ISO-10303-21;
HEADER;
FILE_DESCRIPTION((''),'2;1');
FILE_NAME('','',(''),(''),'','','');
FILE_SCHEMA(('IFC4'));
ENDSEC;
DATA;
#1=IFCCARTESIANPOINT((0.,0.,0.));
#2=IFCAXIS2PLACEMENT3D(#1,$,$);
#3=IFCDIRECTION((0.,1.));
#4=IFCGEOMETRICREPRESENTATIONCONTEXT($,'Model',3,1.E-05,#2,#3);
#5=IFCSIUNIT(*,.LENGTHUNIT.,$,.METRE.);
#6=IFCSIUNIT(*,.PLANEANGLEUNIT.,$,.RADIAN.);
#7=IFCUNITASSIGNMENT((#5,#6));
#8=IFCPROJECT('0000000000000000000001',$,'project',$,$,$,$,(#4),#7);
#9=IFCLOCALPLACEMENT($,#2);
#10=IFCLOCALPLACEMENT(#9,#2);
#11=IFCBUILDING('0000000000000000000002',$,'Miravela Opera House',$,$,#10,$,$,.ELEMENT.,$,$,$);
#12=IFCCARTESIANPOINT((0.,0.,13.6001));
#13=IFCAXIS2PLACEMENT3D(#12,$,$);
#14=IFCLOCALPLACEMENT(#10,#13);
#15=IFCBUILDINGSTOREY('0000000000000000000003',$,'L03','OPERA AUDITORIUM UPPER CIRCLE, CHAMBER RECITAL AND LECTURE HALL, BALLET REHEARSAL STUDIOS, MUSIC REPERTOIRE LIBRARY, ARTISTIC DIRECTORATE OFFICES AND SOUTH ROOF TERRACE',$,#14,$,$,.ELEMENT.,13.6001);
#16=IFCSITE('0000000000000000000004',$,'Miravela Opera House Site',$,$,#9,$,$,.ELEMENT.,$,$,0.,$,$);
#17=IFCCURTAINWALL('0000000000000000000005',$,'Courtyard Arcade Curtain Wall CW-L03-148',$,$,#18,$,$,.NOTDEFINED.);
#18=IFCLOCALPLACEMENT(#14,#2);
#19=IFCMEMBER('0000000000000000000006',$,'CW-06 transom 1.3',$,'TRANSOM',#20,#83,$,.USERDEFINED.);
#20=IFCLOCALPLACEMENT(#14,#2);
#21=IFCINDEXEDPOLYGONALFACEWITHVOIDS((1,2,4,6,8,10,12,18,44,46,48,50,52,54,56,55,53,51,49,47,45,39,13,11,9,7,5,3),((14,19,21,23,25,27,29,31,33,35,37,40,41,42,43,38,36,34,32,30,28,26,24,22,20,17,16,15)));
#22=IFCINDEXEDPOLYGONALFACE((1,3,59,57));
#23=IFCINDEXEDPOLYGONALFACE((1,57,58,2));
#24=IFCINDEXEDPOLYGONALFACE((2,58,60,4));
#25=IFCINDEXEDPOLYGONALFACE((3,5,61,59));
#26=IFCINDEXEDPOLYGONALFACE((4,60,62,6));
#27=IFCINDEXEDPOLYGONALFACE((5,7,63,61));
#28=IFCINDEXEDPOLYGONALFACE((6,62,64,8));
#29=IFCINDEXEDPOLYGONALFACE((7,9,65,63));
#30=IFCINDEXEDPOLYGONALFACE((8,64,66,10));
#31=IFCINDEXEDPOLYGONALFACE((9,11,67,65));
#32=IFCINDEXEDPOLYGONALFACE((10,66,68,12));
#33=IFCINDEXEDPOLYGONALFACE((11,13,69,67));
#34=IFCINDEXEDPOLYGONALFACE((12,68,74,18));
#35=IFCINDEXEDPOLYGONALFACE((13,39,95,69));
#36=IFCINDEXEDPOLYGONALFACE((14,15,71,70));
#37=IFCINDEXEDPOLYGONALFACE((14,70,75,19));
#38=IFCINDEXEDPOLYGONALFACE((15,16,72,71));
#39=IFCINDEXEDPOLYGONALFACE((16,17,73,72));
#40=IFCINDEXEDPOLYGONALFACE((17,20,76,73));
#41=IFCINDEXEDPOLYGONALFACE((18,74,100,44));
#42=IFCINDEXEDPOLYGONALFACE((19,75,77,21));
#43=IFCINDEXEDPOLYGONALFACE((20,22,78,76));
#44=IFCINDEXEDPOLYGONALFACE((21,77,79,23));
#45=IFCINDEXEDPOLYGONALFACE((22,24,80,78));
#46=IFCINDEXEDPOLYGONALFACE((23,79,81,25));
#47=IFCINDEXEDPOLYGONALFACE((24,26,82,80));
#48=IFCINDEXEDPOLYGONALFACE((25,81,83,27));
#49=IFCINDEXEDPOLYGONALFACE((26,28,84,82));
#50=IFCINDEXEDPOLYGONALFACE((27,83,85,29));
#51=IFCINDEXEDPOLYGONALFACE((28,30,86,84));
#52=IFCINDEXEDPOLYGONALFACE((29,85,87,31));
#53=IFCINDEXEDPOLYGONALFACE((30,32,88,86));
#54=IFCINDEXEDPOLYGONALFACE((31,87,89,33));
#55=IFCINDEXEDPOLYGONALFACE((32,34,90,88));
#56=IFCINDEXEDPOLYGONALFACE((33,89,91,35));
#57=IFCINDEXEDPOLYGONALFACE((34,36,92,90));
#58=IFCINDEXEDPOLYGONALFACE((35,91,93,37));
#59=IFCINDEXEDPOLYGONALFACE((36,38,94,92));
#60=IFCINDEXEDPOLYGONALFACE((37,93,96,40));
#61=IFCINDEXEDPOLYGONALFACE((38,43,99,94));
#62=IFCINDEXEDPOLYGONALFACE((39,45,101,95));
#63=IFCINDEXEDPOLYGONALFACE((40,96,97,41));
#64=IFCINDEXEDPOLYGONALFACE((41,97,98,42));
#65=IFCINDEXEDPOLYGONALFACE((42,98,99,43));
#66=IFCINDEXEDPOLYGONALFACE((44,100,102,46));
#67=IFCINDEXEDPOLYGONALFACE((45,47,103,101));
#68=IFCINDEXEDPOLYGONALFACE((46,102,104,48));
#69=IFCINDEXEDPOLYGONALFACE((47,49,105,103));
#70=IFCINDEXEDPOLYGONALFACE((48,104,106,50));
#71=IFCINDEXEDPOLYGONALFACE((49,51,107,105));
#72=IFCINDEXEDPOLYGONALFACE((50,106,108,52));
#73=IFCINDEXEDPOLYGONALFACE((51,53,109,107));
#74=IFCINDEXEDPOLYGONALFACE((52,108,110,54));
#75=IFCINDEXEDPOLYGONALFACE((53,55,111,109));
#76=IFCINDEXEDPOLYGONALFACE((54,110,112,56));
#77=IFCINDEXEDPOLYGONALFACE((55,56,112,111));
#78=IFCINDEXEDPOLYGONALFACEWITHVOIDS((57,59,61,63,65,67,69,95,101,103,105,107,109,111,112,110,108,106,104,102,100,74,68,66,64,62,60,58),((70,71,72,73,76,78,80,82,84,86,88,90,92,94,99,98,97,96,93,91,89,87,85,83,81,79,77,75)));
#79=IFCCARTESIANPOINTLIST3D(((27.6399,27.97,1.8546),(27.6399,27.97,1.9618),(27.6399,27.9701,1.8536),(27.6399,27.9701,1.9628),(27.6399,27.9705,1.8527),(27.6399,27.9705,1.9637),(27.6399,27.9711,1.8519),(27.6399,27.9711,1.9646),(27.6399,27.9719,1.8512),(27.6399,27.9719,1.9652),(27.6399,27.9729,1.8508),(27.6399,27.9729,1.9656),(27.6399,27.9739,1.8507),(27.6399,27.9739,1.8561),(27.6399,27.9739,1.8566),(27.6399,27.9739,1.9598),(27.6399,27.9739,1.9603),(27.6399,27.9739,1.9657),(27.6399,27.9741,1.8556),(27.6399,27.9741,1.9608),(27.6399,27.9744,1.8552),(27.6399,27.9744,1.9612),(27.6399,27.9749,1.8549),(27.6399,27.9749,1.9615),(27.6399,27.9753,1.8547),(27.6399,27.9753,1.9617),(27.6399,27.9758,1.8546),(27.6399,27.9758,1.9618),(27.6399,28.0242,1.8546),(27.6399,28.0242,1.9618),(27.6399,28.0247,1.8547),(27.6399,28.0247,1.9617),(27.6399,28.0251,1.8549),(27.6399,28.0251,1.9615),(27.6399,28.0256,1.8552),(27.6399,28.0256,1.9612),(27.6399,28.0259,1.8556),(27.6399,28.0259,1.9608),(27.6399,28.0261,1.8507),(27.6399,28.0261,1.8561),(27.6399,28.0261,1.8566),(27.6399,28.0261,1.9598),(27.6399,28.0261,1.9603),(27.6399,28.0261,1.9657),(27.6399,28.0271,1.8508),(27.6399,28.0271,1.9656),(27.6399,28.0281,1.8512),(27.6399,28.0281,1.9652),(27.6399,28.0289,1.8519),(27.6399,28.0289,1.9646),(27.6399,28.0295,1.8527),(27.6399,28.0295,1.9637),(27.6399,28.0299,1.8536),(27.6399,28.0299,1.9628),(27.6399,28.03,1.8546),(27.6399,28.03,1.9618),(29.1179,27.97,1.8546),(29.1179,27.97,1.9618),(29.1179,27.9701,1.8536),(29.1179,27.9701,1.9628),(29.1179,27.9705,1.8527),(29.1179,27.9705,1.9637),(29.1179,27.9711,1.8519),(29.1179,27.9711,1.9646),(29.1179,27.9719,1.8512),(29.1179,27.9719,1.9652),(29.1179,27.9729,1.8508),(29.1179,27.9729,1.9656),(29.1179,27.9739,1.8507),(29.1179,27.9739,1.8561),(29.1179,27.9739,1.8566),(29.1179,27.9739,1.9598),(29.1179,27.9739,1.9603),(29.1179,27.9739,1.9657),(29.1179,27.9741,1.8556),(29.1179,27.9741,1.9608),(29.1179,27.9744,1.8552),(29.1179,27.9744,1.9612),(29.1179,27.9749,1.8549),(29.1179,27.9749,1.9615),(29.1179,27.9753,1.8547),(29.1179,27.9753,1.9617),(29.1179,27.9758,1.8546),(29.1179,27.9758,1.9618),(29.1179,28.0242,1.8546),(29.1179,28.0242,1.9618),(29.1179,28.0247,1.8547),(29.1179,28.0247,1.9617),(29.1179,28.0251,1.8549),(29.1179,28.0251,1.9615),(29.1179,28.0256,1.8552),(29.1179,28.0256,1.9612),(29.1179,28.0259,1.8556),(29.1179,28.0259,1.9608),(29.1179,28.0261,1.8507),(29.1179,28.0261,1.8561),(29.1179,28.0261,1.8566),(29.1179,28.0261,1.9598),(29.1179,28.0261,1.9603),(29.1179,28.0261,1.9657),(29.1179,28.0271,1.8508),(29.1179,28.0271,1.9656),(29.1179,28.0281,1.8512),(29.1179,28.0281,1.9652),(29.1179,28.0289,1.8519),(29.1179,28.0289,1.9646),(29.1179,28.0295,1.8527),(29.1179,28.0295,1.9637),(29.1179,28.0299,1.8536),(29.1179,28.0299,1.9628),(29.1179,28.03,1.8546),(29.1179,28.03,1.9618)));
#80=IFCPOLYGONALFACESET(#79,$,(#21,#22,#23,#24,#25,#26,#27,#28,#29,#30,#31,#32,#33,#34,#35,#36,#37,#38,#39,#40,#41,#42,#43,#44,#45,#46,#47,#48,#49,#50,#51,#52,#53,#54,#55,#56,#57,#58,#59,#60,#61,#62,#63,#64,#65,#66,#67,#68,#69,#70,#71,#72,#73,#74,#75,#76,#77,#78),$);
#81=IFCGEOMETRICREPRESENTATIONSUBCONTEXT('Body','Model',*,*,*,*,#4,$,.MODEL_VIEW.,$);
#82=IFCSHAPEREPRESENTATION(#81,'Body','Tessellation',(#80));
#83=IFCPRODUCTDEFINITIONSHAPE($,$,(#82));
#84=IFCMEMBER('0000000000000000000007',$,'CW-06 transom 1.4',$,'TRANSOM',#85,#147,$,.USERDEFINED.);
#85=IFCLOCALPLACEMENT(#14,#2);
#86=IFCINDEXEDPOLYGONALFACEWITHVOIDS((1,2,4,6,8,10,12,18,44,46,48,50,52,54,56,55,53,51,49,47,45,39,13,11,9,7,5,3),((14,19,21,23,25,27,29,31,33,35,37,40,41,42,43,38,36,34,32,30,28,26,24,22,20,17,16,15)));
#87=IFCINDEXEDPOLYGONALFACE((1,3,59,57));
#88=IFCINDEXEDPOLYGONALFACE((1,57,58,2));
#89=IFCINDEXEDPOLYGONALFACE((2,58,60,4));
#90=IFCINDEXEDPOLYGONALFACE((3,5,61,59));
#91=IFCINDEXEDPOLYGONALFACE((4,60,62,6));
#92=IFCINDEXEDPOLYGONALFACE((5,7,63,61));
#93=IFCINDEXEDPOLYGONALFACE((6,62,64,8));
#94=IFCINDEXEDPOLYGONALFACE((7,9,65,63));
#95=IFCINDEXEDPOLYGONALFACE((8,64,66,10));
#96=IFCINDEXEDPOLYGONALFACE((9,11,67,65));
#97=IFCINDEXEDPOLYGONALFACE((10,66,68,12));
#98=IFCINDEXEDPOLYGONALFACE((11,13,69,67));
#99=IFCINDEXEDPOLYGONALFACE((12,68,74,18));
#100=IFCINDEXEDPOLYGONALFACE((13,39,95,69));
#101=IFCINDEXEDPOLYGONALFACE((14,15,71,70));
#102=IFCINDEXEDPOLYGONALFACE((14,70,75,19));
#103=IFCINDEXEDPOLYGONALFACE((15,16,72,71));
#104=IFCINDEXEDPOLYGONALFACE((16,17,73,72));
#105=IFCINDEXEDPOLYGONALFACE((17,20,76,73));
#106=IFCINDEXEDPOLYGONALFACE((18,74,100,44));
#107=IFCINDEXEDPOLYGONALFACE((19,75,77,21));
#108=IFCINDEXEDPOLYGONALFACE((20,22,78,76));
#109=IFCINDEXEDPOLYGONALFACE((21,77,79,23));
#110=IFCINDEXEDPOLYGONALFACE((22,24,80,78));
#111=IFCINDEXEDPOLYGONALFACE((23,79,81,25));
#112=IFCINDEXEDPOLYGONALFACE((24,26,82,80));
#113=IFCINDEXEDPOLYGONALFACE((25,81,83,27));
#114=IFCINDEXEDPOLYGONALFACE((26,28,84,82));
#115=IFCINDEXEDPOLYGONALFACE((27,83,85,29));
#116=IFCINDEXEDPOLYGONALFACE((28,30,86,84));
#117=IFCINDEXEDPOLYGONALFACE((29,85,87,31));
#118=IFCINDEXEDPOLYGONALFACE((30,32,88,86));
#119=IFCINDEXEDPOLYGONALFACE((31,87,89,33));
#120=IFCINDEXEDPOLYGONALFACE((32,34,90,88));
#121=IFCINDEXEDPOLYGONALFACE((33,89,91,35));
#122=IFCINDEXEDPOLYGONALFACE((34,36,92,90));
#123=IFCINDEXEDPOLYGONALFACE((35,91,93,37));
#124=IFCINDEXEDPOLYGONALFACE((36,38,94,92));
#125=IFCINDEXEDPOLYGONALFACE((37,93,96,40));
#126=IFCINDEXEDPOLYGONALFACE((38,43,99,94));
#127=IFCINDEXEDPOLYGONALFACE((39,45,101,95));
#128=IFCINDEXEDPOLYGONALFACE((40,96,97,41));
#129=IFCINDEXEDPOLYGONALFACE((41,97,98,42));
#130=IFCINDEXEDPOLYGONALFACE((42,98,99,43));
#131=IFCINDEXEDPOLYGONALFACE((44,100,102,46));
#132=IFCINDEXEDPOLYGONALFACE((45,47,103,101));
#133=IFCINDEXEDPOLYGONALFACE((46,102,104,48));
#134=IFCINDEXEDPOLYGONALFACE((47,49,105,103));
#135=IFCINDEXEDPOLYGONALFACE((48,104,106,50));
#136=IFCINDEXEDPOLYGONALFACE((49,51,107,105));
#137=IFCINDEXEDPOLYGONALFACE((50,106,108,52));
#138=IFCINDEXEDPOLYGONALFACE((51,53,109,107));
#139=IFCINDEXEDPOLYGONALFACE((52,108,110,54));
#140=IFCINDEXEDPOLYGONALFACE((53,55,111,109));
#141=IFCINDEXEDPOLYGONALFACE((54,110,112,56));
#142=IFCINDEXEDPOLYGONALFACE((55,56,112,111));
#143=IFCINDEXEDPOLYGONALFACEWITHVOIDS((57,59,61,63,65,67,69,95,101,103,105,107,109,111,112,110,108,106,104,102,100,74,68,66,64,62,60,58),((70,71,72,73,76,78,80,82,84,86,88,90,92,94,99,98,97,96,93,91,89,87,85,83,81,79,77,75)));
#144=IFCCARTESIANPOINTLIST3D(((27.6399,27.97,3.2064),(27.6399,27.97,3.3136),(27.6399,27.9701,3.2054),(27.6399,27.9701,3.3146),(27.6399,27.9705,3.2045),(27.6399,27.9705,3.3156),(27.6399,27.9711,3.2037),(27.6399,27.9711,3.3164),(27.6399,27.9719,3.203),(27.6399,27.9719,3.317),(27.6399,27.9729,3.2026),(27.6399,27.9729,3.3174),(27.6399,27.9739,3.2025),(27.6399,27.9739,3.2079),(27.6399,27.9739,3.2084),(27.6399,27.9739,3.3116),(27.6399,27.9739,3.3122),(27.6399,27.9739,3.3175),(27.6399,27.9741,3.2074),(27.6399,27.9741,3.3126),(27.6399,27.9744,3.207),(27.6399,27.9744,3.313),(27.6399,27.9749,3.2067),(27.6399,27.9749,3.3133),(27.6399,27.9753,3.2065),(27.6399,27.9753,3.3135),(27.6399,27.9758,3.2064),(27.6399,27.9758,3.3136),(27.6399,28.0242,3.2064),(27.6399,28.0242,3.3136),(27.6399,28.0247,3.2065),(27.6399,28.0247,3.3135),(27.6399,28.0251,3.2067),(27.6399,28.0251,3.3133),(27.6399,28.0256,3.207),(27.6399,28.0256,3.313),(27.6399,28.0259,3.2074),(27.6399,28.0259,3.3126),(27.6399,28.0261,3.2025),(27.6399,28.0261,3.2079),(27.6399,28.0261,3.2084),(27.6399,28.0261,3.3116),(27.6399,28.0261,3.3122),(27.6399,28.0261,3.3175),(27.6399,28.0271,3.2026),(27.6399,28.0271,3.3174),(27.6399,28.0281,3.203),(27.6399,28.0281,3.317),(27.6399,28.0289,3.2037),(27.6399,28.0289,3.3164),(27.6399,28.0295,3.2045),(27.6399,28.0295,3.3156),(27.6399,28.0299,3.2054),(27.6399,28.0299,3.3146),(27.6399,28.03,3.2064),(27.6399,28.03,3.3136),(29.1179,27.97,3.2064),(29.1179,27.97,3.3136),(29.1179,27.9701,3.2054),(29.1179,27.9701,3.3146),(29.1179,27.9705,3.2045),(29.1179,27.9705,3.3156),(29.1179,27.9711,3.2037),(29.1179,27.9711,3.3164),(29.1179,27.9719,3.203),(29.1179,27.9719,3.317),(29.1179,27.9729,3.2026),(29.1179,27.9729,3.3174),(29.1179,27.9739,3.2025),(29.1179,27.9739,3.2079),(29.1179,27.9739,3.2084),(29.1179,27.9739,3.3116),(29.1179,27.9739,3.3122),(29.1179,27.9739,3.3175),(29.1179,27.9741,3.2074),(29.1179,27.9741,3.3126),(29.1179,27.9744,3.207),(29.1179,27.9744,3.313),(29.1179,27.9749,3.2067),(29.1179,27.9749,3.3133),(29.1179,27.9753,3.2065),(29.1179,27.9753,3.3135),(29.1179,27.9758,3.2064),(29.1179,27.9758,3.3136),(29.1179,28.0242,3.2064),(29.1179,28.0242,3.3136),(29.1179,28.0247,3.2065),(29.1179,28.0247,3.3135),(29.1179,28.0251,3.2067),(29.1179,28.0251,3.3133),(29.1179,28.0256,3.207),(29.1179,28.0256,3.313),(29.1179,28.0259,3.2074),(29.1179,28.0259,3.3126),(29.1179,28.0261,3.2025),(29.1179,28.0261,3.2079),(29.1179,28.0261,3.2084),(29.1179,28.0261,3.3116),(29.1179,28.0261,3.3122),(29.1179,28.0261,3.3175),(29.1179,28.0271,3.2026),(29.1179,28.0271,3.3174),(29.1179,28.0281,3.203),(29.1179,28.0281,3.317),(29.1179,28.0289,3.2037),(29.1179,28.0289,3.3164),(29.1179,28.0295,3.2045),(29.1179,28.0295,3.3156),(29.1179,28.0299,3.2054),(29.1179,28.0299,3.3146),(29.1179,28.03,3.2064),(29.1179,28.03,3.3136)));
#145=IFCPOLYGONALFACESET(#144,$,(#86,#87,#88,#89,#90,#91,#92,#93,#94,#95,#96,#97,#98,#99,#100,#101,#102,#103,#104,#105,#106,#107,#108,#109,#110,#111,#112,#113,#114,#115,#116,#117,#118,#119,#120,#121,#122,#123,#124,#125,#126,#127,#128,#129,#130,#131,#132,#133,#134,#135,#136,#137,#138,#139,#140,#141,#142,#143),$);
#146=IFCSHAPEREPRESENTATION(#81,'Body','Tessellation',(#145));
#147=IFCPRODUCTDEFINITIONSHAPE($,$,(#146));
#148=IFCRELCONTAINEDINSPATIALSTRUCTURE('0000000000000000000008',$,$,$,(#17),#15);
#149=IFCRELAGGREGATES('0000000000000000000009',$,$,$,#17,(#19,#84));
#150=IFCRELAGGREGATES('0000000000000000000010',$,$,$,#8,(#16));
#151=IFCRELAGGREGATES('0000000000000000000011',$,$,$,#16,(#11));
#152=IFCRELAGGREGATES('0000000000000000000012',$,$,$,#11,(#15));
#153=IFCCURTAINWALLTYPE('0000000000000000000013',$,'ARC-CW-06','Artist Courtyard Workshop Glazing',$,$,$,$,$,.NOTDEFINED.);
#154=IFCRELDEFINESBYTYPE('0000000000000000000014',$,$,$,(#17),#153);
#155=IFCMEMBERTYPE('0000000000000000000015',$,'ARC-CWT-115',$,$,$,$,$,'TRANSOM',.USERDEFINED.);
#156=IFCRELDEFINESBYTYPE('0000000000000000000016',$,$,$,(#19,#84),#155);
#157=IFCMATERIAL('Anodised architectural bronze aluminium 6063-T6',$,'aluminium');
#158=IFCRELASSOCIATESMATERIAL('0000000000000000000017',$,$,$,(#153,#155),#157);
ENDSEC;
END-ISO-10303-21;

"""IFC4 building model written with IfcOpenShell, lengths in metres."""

from ifc_helpers import new_model, si_unit, direction, frame, origin, origin_2d, place, context, subcontext, project, spatial, hollow_rectangle, extrude, material, material_profile, profile_set, type_object, element, aggregate, save


model = new_model("IFC4")

# Units and contexts
model_context = context("Model", 3, precision=1e-05, world=origin(), true_north=direction((0.0, 1.0)))
body_context = subcontext(model_context, "Body", "Model", "MODEL_VIEW")
ifc_project = project(units=[si_unit("LENGTHUNIT", "METRE"), si_unit("PLANEANGLEUNIT", "RADIAN")], contexts=[model_context])

# Site, building, storey
site_placement = place(None, origin())
site = spatial("IfcSite", under=ifc_project, at=site_placement, Name="Miravela Opera House Site", CompositionType="ELEMENT", RefElevation=0.0)
building_placement = place(site_placement, origin())
building = spatial("IfcBuilding", under=site, at=building_placement, Name="Miravela Opera House", CompositionType="ELEMENT")
storey_placement = place(building_placement, frame((0.0, 0.0, 13.6001)))
storey = spatial("IfcBuildingStorey", under=building, at=storey_placement, Name="L03", Description="OPERA AUDITORIUM UPPER CIRCLE, CHAMBER RECITAL AND LECTURE HALL, BALLET REHEARSAL STUDIOS, MUSIC REPERTOIRE LIBRARY, ARTISTIC DIRECTORATE OFFICES AND SOUTH ROOF TERRACE", CompositionType="ELEMENT", Elevation=13.6001)

# Curtain wall
ifc_material_1 = material(Name="Anodised architectural bronze aluminium 6063-T6", Category="aluminium")
curtain_wall_type = type_object("IfcCurtainWallType", Name="ARC-CW-06", Description="Artist Courtyard Workshop Glazing", PredefinedType="NOTDEFINED", material=ifc_material_1)
curtain_wall_1_placement = place(storey_placement, origin())
curtain_wall_1 = element("IfcCurtainWall", 1, at=curtain_wall_1_placement, inside=storey, type_object=curtain_wall_type, Name="Courtyard Arcade Curtain Wall CW-L03-148", PredefinedType="NOTDEFINED")

# Members
ifc_material_profile_1 = material_profile(ifc_material_1, hollow_rectangle(XDim=0.0601, YDim=0.115, WallThickness=0.0039, InnerFilletRadius=0.002, OuterFilletRadius=0.0039, at=origin_2d()), Name="CWT-60X115")
ifc_profile_set_1 = profile_set([ifc_material_profile_1])
member_type_1 = type_object("IfcMemberType", Name="ARC-CWT-115", ElementType="TRANSOM", PredefinedType="USERDEFINED", material=ifc_profile_set_1)
member_1_placement = place(storey_placement, frame((27.6399, 28.0, 1.9082), z_axis=(1.0, 0.0, 0.0), x_axis=(0.0, 1.0, 0.0)))
member_1 = element("IfcMember", 2, at=member_1_placement, type_object=member_type_1, Name="CW-06 transom 1.3", ObjectType="TRANSOM", PredefinedType="USERDEFINED", context=body_context, shape_type="SweptSolid", body=[
    extrude(hollow_rectangle(XDim=0.0601, YDim=0.115, WallThickness=0.0039, InnerFilletRadius=0.002, OuterFilletRadius=0.0039, at=origin_2d()), origin(), (0.0, 0.0, 1.0), 1.478),
])
member_2_placement = place(storey_placement, frame((27.6399, 28.0, 3.26), z_axis=(1.0, 0.0, 0.0), x_axis=(0.0, 1.0, 0.0)))
member_2 = element("IfcMember", 3, at=member_2_placement, type_object=member_type_1, Name="CW-06 transom 1.4", ObjectType="TRANSOM", PredefinedType="USERDEFINED", context=body_context, shape_type="SweptSolid", body=[
    extrude(hollow_rectangle(XDim=0.0601, YDim=0.115, WallThickness=0.0039, InnerFilletRadius=0.002, OuterFilletRadius=0.0039, at=origin_2d()), origin(), (0.0, 0.0, 1.0), 1.478),
])
aggregate(curtain_wall_1, [member_1, member_2])

save(model, "model.ifc")
